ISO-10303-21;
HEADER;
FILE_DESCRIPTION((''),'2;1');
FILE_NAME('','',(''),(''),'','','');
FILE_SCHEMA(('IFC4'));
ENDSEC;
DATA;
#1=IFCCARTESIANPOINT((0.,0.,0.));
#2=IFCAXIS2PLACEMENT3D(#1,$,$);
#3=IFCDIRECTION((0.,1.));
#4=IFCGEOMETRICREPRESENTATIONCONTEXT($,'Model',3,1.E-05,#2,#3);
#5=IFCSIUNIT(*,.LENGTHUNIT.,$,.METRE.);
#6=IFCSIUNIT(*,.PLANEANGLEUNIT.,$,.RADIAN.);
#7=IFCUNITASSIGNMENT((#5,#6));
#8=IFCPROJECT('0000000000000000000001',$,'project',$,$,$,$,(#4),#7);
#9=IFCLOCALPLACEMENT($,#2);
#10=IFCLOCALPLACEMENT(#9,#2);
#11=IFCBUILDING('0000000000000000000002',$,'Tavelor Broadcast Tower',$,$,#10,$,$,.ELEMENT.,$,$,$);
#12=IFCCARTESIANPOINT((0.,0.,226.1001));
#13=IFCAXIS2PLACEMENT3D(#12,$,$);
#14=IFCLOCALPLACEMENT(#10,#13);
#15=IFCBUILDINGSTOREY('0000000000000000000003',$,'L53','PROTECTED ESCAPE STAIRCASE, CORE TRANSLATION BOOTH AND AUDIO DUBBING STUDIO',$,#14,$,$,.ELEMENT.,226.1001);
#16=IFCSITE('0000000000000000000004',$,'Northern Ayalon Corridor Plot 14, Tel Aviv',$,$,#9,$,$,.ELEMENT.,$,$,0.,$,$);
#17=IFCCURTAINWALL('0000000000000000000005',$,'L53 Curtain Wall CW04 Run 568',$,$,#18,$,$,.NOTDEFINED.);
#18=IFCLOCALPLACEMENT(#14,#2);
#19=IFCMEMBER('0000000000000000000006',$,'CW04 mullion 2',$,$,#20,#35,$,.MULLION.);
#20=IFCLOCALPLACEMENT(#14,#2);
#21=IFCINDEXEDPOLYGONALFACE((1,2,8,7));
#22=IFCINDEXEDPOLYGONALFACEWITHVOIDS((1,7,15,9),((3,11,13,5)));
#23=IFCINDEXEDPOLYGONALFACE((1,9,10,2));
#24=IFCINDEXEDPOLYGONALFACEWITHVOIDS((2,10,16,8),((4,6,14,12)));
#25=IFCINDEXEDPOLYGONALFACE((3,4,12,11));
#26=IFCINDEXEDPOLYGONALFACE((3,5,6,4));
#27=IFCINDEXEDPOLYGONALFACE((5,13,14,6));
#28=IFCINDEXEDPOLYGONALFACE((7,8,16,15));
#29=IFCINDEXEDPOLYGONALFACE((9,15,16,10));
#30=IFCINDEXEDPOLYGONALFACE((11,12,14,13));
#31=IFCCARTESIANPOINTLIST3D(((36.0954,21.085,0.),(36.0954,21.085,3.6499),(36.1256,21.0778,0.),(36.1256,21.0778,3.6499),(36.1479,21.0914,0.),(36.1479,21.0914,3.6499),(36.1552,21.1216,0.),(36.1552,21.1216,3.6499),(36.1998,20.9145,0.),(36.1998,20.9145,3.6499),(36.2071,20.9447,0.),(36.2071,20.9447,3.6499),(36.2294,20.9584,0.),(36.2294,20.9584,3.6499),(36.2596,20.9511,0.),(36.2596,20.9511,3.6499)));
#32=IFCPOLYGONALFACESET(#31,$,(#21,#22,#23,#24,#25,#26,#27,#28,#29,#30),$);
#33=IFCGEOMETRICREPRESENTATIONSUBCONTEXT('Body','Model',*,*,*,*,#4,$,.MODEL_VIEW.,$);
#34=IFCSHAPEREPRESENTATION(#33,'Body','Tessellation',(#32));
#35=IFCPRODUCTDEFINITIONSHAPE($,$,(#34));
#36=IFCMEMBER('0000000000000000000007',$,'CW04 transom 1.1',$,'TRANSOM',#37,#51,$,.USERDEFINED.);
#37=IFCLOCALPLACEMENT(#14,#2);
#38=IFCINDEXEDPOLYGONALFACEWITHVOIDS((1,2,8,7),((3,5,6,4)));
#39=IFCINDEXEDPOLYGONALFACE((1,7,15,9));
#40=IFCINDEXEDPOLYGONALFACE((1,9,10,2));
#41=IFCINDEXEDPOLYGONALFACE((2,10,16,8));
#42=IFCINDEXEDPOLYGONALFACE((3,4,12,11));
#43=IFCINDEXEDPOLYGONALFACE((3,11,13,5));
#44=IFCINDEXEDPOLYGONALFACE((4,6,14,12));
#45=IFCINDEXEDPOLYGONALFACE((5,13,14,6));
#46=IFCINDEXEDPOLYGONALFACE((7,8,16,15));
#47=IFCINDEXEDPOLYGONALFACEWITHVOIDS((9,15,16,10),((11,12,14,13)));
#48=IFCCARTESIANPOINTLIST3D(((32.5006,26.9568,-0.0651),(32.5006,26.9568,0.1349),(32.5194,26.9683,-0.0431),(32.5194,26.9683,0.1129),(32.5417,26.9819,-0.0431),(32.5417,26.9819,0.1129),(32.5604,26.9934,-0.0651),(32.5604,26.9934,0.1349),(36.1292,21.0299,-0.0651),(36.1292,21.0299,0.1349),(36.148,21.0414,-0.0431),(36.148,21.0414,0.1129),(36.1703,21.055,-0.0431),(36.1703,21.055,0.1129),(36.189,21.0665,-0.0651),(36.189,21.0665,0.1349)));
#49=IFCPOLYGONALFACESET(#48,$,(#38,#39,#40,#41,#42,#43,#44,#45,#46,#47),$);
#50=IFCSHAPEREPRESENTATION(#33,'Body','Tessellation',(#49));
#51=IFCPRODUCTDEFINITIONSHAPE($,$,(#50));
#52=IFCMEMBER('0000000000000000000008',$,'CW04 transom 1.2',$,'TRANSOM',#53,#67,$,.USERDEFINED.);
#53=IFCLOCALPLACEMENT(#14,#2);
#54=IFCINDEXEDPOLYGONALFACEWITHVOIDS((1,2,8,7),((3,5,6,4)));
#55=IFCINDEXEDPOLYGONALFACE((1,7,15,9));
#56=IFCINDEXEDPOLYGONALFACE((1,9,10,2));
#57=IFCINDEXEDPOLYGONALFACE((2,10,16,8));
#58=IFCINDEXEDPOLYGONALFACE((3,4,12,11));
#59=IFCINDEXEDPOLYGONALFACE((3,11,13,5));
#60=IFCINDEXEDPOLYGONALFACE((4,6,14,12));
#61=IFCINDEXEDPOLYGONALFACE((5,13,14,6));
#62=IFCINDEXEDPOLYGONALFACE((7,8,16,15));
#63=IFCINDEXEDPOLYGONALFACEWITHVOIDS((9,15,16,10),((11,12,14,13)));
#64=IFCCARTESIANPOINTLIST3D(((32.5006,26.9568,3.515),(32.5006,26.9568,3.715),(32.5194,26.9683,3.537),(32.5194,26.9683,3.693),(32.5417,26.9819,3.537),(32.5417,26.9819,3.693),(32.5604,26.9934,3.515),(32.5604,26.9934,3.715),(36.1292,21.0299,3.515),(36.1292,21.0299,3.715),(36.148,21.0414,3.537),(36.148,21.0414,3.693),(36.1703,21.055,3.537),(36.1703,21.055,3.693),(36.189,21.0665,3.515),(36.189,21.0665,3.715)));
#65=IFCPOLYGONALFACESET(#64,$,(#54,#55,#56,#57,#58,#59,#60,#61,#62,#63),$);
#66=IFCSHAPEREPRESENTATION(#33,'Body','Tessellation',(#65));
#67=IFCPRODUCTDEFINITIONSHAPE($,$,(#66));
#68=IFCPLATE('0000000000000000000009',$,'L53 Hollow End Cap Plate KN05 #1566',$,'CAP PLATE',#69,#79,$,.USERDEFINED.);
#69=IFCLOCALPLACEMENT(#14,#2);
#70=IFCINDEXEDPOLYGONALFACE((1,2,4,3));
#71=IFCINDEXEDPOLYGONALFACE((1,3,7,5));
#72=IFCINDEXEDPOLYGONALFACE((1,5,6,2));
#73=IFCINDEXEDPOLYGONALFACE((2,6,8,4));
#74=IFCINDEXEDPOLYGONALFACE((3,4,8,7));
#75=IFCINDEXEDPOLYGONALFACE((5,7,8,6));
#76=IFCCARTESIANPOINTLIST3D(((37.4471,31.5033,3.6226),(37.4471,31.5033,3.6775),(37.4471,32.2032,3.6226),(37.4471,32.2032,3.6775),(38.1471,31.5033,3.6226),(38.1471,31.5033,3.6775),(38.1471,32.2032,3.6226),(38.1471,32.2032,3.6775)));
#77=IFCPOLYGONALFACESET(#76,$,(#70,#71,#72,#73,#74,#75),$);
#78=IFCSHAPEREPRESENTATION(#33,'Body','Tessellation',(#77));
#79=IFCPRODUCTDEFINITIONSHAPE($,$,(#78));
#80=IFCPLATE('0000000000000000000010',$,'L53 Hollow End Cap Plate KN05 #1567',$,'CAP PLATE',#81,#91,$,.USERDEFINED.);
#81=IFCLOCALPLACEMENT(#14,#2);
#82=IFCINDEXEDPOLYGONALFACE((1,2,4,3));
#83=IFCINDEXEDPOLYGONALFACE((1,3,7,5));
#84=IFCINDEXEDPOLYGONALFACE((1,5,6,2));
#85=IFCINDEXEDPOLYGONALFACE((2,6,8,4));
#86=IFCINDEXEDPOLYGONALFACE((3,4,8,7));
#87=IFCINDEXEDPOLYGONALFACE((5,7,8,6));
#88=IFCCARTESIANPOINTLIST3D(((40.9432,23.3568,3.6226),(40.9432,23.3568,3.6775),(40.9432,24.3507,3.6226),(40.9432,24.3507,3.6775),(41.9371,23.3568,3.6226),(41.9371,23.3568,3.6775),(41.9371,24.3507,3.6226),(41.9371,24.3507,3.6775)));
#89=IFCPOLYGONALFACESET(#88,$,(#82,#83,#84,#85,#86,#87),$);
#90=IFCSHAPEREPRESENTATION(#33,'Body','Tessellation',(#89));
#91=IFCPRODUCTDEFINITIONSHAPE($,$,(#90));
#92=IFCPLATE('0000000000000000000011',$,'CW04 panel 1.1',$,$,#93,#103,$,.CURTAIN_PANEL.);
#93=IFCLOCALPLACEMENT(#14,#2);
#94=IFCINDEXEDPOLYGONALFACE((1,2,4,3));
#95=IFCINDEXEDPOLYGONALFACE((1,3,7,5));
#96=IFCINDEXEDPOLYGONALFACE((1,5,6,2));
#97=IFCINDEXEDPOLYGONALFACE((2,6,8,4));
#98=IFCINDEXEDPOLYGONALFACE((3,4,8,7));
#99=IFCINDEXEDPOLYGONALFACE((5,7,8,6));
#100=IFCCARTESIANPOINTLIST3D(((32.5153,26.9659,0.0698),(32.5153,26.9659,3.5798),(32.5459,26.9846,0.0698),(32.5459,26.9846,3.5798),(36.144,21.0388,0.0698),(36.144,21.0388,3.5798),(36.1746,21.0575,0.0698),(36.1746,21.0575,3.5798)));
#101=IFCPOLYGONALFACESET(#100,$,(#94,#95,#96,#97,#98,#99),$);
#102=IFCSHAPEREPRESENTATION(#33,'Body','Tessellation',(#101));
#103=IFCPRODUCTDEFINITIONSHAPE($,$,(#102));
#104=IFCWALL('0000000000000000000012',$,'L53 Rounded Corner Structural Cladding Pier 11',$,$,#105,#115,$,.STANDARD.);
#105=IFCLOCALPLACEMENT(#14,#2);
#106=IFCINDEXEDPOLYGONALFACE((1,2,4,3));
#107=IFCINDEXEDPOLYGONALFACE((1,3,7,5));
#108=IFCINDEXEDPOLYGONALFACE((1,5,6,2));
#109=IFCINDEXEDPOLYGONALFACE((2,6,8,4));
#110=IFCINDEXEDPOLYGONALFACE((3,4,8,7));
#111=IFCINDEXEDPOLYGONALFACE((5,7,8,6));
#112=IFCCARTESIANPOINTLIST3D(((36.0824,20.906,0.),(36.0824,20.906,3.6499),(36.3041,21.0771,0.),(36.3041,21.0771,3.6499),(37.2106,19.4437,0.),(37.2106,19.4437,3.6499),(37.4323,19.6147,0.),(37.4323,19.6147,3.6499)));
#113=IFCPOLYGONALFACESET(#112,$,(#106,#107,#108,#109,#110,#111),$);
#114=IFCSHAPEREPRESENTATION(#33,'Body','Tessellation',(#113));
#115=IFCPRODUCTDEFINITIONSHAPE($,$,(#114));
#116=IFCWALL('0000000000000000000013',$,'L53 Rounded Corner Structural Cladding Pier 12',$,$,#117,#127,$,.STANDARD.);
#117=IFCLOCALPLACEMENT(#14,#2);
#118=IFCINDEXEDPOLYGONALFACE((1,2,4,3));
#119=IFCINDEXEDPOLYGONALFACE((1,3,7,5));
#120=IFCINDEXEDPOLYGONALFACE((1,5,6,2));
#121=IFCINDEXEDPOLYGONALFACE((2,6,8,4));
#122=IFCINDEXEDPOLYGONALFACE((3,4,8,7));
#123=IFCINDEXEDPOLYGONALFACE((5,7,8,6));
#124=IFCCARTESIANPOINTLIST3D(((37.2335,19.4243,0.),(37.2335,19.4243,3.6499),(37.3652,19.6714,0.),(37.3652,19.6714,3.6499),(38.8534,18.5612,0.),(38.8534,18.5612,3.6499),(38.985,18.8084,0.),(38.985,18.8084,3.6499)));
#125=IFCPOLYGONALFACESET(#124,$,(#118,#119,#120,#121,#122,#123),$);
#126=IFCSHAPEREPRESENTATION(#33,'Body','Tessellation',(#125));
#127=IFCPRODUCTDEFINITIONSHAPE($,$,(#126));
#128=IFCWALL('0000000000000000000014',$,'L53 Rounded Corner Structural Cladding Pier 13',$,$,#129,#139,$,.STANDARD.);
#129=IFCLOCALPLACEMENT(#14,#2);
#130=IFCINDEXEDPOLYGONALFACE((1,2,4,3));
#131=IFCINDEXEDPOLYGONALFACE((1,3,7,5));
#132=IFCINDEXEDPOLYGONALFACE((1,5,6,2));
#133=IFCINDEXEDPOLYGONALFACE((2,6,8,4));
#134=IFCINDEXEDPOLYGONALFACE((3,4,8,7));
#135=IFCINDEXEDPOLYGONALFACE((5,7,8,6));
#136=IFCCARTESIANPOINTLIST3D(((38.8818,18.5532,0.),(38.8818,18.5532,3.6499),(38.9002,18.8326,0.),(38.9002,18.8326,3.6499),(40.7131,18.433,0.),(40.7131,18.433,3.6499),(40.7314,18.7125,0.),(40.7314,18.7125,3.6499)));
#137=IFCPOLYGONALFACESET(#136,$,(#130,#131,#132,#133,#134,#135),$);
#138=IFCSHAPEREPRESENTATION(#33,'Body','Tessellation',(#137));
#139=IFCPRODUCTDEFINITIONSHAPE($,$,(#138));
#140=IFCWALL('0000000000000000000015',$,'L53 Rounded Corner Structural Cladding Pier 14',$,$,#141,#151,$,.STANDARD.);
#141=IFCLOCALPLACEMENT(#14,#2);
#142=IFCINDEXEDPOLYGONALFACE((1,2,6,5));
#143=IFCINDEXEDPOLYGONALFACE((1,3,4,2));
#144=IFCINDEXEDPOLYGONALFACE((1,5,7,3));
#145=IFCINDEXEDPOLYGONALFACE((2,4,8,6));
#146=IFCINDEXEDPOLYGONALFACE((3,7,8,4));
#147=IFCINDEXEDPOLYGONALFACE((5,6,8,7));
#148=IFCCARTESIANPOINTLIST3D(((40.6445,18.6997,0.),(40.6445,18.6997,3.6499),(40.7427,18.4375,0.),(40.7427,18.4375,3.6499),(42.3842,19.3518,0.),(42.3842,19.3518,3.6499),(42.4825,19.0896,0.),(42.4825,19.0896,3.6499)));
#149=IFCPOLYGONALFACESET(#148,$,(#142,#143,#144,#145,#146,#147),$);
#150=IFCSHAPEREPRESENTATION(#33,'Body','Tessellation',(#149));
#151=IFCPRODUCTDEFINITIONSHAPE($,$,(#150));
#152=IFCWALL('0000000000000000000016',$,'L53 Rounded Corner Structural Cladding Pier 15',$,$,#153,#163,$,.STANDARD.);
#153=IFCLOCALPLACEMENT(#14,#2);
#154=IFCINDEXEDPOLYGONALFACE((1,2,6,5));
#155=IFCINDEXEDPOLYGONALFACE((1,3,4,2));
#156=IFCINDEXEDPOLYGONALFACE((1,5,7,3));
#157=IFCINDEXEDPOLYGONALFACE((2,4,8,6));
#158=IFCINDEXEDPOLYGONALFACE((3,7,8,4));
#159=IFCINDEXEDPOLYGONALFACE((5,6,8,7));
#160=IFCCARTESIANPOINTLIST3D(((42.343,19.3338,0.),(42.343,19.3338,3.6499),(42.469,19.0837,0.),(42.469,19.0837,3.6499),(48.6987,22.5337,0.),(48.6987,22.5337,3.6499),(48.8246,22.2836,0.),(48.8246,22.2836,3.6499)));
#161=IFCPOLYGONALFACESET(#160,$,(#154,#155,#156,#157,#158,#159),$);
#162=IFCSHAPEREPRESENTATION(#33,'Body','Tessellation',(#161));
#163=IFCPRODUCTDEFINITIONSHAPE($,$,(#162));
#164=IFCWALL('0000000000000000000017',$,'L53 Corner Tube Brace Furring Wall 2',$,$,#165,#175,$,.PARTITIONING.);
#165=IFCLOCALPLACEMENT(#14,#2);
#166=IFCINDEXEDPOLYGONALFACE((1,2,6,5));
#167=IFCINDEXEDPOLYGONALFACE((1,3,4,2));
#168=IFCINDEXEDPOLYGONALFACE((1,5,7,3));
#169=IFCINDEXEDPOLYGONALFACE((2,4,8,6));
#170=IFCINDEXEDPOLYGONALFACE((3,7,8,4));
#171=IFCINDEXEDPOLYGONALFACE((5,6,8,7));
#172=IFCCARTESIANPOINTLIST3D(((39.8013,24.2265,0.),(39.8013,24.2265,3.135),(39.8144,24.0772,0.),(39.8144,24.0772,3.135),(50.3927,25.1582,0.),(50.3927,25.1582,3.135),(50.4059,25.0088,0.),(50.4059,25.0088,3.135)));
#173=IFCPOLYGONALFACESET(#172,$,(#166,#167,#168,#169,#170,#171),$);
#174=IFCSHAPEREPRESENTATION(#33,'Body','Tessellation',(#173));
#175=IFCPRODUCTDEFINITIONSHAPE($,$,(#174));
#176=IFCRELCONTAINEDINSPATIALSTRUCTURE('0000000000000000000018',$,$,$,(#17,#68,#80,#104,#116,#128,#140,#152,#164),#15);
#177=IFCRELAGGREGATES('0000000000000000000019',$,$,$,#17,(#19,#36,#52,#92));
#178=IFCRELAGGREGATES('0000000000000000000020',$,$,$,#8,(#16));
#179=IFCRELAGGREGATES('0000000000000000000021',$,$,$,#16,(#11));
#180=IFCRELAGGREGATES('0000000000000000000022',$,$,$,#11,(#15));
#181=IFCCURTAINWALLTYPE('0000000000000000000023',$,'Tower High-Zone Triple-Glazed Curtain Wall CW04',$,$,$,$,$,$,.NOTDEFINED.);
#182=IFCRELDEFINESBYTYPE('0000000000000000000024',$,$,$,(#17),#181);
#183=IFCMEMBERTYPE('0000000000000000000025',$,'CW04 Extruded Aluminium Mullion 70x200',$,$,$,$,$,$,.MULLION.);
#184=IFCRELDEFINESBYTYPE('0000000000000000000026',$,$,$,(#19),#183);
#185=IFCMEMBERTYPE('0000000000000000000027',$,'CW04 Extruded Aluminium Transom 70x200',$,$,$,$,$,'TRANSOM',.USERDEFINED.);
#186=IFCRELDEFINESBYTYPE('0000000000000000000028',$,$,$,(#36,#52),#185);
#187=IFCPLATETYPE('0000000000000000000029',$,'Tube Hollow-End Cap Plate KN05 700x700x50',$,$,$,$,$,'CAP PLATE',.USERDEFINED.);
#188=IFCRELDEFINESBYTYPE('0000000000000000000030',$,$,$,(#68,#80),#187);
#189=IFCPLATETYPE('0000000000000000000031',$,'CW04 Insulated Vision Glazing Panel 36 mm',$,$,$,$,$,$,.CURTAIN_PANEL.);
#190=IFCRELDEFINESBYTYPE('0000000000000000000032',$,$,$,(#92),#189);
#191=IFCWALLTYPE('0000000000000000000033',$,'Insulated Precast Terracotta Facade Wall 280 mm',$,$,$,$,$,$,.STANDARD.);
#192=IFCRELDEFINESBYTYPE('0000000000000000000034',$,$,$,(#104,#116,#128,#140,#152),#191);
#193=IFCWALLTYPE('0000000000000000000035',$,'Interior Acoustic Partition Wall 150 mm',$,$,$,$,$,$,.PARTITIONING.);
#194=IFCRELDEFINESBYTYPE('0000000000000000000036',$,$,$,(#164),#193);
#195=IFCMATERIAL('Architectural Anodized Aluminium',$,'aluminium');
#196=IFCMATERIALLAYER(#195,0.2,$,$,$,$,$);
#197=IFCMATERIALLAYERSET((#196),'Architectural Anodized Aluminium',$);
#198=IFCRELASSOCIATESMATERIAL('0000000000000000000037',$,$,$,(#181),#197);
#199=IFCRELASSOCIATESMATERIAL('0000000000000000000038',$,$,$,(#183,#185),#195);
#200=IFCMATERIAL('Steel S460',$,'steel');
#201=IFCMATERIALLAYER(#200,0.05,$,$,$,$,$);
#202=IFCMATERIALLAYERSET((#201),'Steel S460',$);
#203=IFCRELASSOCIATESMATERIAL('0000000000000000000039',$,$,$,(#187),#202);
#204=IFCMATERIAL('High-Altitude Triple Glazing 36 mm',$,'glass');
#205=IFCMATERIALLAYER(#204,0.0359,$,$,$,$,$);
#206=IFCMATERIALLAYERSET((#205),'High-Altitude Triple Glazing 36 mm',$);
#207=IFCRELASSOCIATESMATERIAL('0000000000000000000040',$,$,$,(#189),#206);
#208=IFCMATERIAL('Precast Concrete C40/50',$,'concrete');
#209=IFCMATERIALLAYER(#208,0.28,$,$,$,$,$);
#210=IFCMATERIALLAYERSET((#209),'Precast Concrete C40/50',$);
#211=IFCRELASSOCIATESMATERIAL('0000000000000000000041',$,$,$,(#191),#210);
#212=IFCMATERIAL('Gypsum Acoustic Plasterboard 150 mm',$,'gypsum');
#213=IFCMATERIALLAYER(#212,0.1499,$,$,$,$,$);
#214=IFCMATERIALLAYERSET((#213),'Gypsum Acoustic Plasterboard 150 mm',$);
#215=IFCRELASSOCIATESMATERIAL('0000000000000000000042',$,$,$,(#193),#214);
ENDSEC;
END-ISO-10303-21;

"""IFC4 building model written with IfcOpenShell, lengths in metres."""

from ifc_helpers import new_model, si_unit, direction, frame, frame_2d, origin, origin_2d, place, context, subcontext, project, spatial, rectangle, hollow_rectangle, extrude, source, transform, mapped, material, layer, layer_set, material_profile, profile_set, type_object, type_shapes, element, aggregate, save


model = new_model("IFC4")

# Units and contexts
model_context = context("Model", 3, precision=1e-05, world=origin(), true_north=direction((0.0, 1.0)))
body_context = subcontext(model_context, "Body", "Model", "MODEL_VIEW")
ifc_project = project(units=[si_unit("LENGTHUNIT", "METRE"), si_unit("PLANEANGLEUNIT", "RADIAN")], contexts=[model_context])

# Site, building, storey
site_placement = place(None, origin())
site = spatial("IfcSite", under=ifc_project, at=site_placement, Name="Northern Ayalon Corridor Plot 14, Tel Aviv", CompositionType="ELEMENT", RefElevation=0.0)
building_placement = place(site_placement, origin())
building = spatial("IfcBuilding", under=site, at=building_placement, Name="Tavelor Broadcast Tower", CompositionType="ELEMENT")
storey_placement = place(building_placement, frame((0.0, 0.0, 226.1001)))
storey = spatial("IfcBuildingStorey", under=building, at=storey_placement, Name="L53", Description="PROTECTED ESCAPE STAIRCASE, CORE TRANSLATION BOOTH AND AUDIO DUBBING STUDIO", CompositionType="ELEMENT", Elevation=226.1001)

# Shared definitions
ifc_material_1 = material(Name="Steel S460", Category="steel")

# Curtain wall, members
ifc_material_2 = material(Name="Architectural Anodized Aluminium", Category="aluminium")
ifc_layer_1 = layer(ifc_material_2, 0.2)
ifc_layer_set_1 = layer_set([ifc_layer_1], Name="Architectural Anodized Aluminium")
curtain_wall_type = type_object("IfcCurtainWallType", Name="Tower High-Zone Triple-Glazed Curtain Wall CW04", PredefinedType="NOTDEFINED", material=ifc_layer_set_1)
curtain_wall_placement = place(storey_placement, origin())
curtain_wall = element("IfcCurtainWall", 1, at=curtain_wall_placement, inside=storey, type_object=curtain_wall_type, Name="L53 Curtain Wall CW04 Run 568", PredefinedType="NOTDEFINED")
ifc_material_profile_1 = material_profile(ifc_material_2, hollow_rectangle(XDim=0.0701, YDim=0.2, WallThickness=0.022, at=origin_2d()), Name="RHS 70x200x22")
ifc_profile_set_1 = profile_set([ifc_material_profile_1], Name="Architectural Anodized Aluminium")
member_type_1 = type_object("IfcMemberType", Name="CW04 Extruded Aluminium Mullion 70x200", PredefinedType="MULLION", material=ifc_profile_set_1)
shared_shape_1 = source(origin(), body_context, "Body", "SweptSolid", [
    extrude(hollow_rectangle(XDim=0.0701, YDim=0.2, WallThickness=0.022, at=origin_2d()), origin(), (0.0, 0.0, 1.0), 3.6499),
])
type_shapes(member_type_1, [shared_shape_1])
member_1_placement = place(storey_placement, frame((36.1775, 21.0181, 0.0), z_axis=(0.0, 0.0, 1.0), x_axis=(0.852858, 0.522144, 0.0)))
member_1 = element("IfcMember", 2, at=member_1_placement, type_object=member_type_1, Name="CW04 mullion 2", PredefinedType="MULLION", context=body_context, shape_type="MappedRepresentation", body=[
    mapped(shared_shape_1, transform((0.0, 0.0, 0.0), scale=1.0)),
])
ifc_material_profile_2 = material_profile(ifc_material_2, hollow_rectangle(XDim=0.0701, YDim=0.2, WallThickness=0.022, at=origin_2d()), Name="RHS 70x200x22")
ifc_profile_set_2 = profile_set([ifc_material_profile_2], Name="Architectural Anodized Aluminium")
member_type_2 = type_object("IfcMemberType", Name="CW04 Extruded Aluminium Transom 70x200", ElementType="TRANSOM", PredefinedType="USERDEFINED", material=ifc_profile_set_2)
shared_shape_2 = source(origin(), body_context, "Body", "SweptSolid", [
    extrude(hollow_rectangle(XDim=0.0701, YDim=0.2, WallThickness=0.022, at=origin_2d()), origin(), (0.0, 0.0, 1.0), 6.9495),
])
type_shapes(member_type_2, [shared_shape_2])
member_2_placement = place(storey_placement, frame((32.5305, 26.9751, 0.0349), z_axis=(0.522142, -0.852859, 0.0), x_axis=(0.852859, 0.522142, 0.0)))
member_2 = element("IfcMember", 3, at=member_2_placement, type_object=member_type_2, Name="CW04 transom 1.1", ObjectType="TRANSOM", PredefinedType="USERDEFINED", context=body_context, shape_type="MappedRepresentation", body=[
    mapped(shared_shape_2, transform((0.0, 0.0, 0.0), scale=1.0)),
])
member_3_placement = place(storey_placement, frame((32.5305, 26.9751, 3.615), z_axis=(0.522142, -0.852859, 0.0), x_axis=(0.852859, 0.522142, 0.0)))
member_3 = element("IfcMember", 4, at=member_3_placement, type_object=member_type_2, Name="CW04 transom 1.2", ObjectType="TRANSOM", PredefinedType="USERDEFINED", context=body_context, shape_type="MappedRepresentation", body=[
    mapped(shared_shape_2, transform((0.0, 0.0, 0.0), scale=1.0)),
])

# Plates
ifc_layer_2 = layer(ifc_material_1, 0.05)
ifc_layer_set_2 = layer_set([ifc_layer_2], Name="Steel S460")
plate_type_1 = type_object("IfcPlateType", Name="Tube Hollow-End Cap Plate KN05 700x700x50", ElementType="CAP PLATE", PredefinedType="USERDEFINED", material=ifc_layer_set_2)
shared_shape_3 = source(origin(), body_context, "Body", "SweptSolid", [
    extrude(rectangle(XDim=0.7, YDim=0.7, at=origin_2d()), origin(), (0.0, 0.0, 1.0), 0.0549),
])
plate_1_placement = place(storey_placement, frame((37.7971, 31.8533, 3.6226), z_axis=(0.0, 0.0, 1.0), x_axis=(1.0, 0.0, 0.0)))
element("IfcPlate", 5, at=plate_1_placement, inside=storey, type_object=plate_type_1, Name="L53 Hollow End Cap Plate KN05 #1566", ObjectType="CAP PLATE", PredefinedType="USERDEFINED", context=body_context, shape_type="MappedRepresentation", body=[
    mapped(shared_shape_3, transform((0.0, 0.0, 0.0), scale=1.0)),
])
shared_shape_4 = source(origin(), body_context, "Body", "SweptSolid", [
    extrude(rectangle(XDim=0.9939, YDim=0.9939, at=origin_2d()), origin(), (0.0, 0.0, 1.0), 0.0549),
])
type_shapes(plate_type_1, [shared_shape_3, shared_shape_4])
plate_2_placement = place(storey_placement, frame((41.4402, 23.8538, 3.6226), z_axis=(0.0, 0.0, 1.0), x_axis=(1.0, 0.0, 0.0)))
element("IfcPlate", 6, at=plate_2_placement, inside=storey, type_object=plate_type_1, Name="L53 Hollow End Cap Plate KN05 #1567", ObjectType="CAP PLATE", PredefinedType="USERDEFINED", context=body_context, shape_type="MappedRepresentation", body=[
    mapped(shared_shape_4, transform((0.0, 0.0, 0.0), scale=1.0)),
])

# Plate
ifc_material_3 = material(Name="High-Altitude Triple Glazing 36 mm", Category="glass")
ifc_layer_3 = layer(ifc_material_3, 0.0359)
ifc_layer_set_3 = layer_set([ifc_layer_3], Name="High-Altitude Triple Glazing 36 mm")
plate_type_2 = type_object("IfcPlateType", Name="CW04 Insulated Vision Glazing Panel 36 mm", PredefinedType="CURTAIN_PANEL", material=ifc_layer_set_3)
shared_shape_5 = source(origin(), body_context, "Body", "SweptSolid", [
    extrude(rectangle(XDim=6.9497, YDim=0.0359, at=origin_2d()), origin(), (0.0, 0.0, 1.0), 3.51),
])
type_shapes(plate_type_2, [shared_shape_5])
plate_3_placement = place(storey_placement, frame((34.345, 24.0117, 0.0698), z_axis=(0.0, 0.0, 1.0), x_axis=(0.522144, -0.852858, 0.0)))
plate_3 = element("IfcPlate", 7, at=plate_3_placement, type_object=plate_type_2, Name="CW04 panel 1.1", PredefinedType="CURTAIN_PANEL", context=body_context, shape_type="MappedRepresentation", body=[
    mapped(shared_shape_5, transform((0.0, 0.0, 0.0), scale=1.0)),
])
aggregate(curtain_wall, [member_1, member_2, member_3, plate_3])

# Walls
ifc_material_4 = material(Name="Precast Concrete C40/50", Category="concrete")
ifc_layer_4 = layer(ifc_material_4, 0.28)
ifc_layer_set_4 = layer_set([ifc_layer_4], Name="Precast Concrete C40/50")
wall_type_1 = type_object("IfcWallType", Name="Insulated Precast Terracotta Facade Wall 280 mm", PredefinedType="STANDARD", material=ifc_layer_set_4)
wall_1_placement = place(storey_placement, frame((36.1934, 20.9915, 0.0), z_axis=(0.0, 0.0, 1.0), x_axis=(0.610815, -0.791773, 0.0)))
element("IfcWall", 8, at=wall_1_placement, inside=storey, type_object=wall_type_1, Name="L53 Rounded Corner Structural Cladding Pier 11", PredefinedType="STANDARD", context=body_context, shape_type="SweptSolid", body=[
    extrude(rectangle(XDim=1.8469, YDim=0.28, at=frame_2d((0.9233, 0.0))), origin(), (0.0, 0.0, 1.0), 3.6499),
])
wall_2_placement = place(storey_placement, frame((37.2993, 19.5479, 0.0), z_axis=(0.0, 0.0, 1.0), x_axis=(0.882555, -0.470208, 0.0)))
element("IfcWall", 9, at=wall_2_placement, inside=storey, type_object=wall_type_1, Name="L53 Rounded Corner Structural Cladding Pier 12", PredefinedType="STANDARD", context=body_context, shape_type="SweptSolid", body=[
    extrude(rectangle(XDim=1.8354, YDim=0.28, at=frame_2d((0.9177, 0.0))), origin(), (0.0, 0.0, 1.0), 3.6499),
])
wall_3_placement = place(storey_placement, frame((38.8911, 18.6929, 0.0), z_axis=(0.0, 0.0, 1.0), x_axis=(0.997856, -0.065451, 0.0)))
element("IfcWall", 10, at=wall_3_placement, inside=storey, type_object=wall_type_1, Name="L53 Rounded Corner Structural Cladding Pier 13", PredefinedType="STANDARD", context=body_context, shape_type="SweptSolid", body=[
    extrude(rectangle(XDim=1.8352, YDim=0.28, at=frame_2d((0.9175, 0.0))), origin(), (0.0, 0.0, 1.0), 3.6499),
])
wall_4_placement = place(storey_placement, frame((40.6936, 18.5686, 0.0), z_axis=(0.0, 0.0, 1.0), x_axis=(0.936383, 0.350979, 0.0)))
element("IfcWall", 11, at=wall_4_placement, inside=storey, type_object=wall_type_1, Name="L53 Rounded Corner Structural Cladding Pier 14", PredefinedType="STANDARD", context=body_context, shape_type="SweptSolid", body=[
    extrude(rectangle(XDim=1.8579, YDim=0.28, at=frame_2d((0.929, 0.0))), origin(), (0.0, 0.0, 1.0), 3.6499),
])
wall_5_placement = place(storey_placement, frame((42.406, 19.2087, 0.0), z_axis=(0.0, 0.0, 1.0), x_axis=(0.893182, 0.449696, 0.0)))
element("IfcWall", 12, at=wall_5_placement, inside=storey, type_object=wall_type_1, Name="L53 Rounded Corner Structural Cladding Pier 15", PredefinedType="STANDARD", context=body_context, shape_type="SweptSolid", body=[
    extrude(rectangle(XDim=7.1157, YDim=0.28, at=frame_2d((3.5579, 0.0))), origin(), (0.0, 0.0, 1.0), 3.6499),
])
ifc_material_5 = material(Name="Gypsum Acoustic Plasterboard 150 mm", Category="gypsum")
ifc_layer_5 = layer(ifc_material_5, 0.1499)
ifc_layer_set_5 = layer_set([ifc_layer_5], Name="Gypsum Acoustic Plasterboard 150 mm")
wall_type_2 = type_object("IfcWallType", Name="Interior Acoustic Partition Wall 150 mm", PredefinedType="PARTITIONING", material=ifc_layer_set_5)
wall_6_placement = place(storey_placement, frame((39.8079, 24.1519, 0.0), z_axis=(0.0, 0.0, 1.0), x_axis=(0.996154, 0.087624, 0.0)))
element("IfcWall", 13, at=wall_6_placement, inside=storey, type_object=wall_type_2, Name="L53 Corner Tube Brace Furring Wall 2", PredefinedType="PARTITIONING", context=body_context, shape_type="SweptSolid", body=[
    extrude(rectangle(XDim=10.6323, YDim=0.1499, at=frame_2d((5.3162, 0.0))), origin(), (0.0, 0.0, 1.0), 3.135),
])

save(model, "model.ifc")
